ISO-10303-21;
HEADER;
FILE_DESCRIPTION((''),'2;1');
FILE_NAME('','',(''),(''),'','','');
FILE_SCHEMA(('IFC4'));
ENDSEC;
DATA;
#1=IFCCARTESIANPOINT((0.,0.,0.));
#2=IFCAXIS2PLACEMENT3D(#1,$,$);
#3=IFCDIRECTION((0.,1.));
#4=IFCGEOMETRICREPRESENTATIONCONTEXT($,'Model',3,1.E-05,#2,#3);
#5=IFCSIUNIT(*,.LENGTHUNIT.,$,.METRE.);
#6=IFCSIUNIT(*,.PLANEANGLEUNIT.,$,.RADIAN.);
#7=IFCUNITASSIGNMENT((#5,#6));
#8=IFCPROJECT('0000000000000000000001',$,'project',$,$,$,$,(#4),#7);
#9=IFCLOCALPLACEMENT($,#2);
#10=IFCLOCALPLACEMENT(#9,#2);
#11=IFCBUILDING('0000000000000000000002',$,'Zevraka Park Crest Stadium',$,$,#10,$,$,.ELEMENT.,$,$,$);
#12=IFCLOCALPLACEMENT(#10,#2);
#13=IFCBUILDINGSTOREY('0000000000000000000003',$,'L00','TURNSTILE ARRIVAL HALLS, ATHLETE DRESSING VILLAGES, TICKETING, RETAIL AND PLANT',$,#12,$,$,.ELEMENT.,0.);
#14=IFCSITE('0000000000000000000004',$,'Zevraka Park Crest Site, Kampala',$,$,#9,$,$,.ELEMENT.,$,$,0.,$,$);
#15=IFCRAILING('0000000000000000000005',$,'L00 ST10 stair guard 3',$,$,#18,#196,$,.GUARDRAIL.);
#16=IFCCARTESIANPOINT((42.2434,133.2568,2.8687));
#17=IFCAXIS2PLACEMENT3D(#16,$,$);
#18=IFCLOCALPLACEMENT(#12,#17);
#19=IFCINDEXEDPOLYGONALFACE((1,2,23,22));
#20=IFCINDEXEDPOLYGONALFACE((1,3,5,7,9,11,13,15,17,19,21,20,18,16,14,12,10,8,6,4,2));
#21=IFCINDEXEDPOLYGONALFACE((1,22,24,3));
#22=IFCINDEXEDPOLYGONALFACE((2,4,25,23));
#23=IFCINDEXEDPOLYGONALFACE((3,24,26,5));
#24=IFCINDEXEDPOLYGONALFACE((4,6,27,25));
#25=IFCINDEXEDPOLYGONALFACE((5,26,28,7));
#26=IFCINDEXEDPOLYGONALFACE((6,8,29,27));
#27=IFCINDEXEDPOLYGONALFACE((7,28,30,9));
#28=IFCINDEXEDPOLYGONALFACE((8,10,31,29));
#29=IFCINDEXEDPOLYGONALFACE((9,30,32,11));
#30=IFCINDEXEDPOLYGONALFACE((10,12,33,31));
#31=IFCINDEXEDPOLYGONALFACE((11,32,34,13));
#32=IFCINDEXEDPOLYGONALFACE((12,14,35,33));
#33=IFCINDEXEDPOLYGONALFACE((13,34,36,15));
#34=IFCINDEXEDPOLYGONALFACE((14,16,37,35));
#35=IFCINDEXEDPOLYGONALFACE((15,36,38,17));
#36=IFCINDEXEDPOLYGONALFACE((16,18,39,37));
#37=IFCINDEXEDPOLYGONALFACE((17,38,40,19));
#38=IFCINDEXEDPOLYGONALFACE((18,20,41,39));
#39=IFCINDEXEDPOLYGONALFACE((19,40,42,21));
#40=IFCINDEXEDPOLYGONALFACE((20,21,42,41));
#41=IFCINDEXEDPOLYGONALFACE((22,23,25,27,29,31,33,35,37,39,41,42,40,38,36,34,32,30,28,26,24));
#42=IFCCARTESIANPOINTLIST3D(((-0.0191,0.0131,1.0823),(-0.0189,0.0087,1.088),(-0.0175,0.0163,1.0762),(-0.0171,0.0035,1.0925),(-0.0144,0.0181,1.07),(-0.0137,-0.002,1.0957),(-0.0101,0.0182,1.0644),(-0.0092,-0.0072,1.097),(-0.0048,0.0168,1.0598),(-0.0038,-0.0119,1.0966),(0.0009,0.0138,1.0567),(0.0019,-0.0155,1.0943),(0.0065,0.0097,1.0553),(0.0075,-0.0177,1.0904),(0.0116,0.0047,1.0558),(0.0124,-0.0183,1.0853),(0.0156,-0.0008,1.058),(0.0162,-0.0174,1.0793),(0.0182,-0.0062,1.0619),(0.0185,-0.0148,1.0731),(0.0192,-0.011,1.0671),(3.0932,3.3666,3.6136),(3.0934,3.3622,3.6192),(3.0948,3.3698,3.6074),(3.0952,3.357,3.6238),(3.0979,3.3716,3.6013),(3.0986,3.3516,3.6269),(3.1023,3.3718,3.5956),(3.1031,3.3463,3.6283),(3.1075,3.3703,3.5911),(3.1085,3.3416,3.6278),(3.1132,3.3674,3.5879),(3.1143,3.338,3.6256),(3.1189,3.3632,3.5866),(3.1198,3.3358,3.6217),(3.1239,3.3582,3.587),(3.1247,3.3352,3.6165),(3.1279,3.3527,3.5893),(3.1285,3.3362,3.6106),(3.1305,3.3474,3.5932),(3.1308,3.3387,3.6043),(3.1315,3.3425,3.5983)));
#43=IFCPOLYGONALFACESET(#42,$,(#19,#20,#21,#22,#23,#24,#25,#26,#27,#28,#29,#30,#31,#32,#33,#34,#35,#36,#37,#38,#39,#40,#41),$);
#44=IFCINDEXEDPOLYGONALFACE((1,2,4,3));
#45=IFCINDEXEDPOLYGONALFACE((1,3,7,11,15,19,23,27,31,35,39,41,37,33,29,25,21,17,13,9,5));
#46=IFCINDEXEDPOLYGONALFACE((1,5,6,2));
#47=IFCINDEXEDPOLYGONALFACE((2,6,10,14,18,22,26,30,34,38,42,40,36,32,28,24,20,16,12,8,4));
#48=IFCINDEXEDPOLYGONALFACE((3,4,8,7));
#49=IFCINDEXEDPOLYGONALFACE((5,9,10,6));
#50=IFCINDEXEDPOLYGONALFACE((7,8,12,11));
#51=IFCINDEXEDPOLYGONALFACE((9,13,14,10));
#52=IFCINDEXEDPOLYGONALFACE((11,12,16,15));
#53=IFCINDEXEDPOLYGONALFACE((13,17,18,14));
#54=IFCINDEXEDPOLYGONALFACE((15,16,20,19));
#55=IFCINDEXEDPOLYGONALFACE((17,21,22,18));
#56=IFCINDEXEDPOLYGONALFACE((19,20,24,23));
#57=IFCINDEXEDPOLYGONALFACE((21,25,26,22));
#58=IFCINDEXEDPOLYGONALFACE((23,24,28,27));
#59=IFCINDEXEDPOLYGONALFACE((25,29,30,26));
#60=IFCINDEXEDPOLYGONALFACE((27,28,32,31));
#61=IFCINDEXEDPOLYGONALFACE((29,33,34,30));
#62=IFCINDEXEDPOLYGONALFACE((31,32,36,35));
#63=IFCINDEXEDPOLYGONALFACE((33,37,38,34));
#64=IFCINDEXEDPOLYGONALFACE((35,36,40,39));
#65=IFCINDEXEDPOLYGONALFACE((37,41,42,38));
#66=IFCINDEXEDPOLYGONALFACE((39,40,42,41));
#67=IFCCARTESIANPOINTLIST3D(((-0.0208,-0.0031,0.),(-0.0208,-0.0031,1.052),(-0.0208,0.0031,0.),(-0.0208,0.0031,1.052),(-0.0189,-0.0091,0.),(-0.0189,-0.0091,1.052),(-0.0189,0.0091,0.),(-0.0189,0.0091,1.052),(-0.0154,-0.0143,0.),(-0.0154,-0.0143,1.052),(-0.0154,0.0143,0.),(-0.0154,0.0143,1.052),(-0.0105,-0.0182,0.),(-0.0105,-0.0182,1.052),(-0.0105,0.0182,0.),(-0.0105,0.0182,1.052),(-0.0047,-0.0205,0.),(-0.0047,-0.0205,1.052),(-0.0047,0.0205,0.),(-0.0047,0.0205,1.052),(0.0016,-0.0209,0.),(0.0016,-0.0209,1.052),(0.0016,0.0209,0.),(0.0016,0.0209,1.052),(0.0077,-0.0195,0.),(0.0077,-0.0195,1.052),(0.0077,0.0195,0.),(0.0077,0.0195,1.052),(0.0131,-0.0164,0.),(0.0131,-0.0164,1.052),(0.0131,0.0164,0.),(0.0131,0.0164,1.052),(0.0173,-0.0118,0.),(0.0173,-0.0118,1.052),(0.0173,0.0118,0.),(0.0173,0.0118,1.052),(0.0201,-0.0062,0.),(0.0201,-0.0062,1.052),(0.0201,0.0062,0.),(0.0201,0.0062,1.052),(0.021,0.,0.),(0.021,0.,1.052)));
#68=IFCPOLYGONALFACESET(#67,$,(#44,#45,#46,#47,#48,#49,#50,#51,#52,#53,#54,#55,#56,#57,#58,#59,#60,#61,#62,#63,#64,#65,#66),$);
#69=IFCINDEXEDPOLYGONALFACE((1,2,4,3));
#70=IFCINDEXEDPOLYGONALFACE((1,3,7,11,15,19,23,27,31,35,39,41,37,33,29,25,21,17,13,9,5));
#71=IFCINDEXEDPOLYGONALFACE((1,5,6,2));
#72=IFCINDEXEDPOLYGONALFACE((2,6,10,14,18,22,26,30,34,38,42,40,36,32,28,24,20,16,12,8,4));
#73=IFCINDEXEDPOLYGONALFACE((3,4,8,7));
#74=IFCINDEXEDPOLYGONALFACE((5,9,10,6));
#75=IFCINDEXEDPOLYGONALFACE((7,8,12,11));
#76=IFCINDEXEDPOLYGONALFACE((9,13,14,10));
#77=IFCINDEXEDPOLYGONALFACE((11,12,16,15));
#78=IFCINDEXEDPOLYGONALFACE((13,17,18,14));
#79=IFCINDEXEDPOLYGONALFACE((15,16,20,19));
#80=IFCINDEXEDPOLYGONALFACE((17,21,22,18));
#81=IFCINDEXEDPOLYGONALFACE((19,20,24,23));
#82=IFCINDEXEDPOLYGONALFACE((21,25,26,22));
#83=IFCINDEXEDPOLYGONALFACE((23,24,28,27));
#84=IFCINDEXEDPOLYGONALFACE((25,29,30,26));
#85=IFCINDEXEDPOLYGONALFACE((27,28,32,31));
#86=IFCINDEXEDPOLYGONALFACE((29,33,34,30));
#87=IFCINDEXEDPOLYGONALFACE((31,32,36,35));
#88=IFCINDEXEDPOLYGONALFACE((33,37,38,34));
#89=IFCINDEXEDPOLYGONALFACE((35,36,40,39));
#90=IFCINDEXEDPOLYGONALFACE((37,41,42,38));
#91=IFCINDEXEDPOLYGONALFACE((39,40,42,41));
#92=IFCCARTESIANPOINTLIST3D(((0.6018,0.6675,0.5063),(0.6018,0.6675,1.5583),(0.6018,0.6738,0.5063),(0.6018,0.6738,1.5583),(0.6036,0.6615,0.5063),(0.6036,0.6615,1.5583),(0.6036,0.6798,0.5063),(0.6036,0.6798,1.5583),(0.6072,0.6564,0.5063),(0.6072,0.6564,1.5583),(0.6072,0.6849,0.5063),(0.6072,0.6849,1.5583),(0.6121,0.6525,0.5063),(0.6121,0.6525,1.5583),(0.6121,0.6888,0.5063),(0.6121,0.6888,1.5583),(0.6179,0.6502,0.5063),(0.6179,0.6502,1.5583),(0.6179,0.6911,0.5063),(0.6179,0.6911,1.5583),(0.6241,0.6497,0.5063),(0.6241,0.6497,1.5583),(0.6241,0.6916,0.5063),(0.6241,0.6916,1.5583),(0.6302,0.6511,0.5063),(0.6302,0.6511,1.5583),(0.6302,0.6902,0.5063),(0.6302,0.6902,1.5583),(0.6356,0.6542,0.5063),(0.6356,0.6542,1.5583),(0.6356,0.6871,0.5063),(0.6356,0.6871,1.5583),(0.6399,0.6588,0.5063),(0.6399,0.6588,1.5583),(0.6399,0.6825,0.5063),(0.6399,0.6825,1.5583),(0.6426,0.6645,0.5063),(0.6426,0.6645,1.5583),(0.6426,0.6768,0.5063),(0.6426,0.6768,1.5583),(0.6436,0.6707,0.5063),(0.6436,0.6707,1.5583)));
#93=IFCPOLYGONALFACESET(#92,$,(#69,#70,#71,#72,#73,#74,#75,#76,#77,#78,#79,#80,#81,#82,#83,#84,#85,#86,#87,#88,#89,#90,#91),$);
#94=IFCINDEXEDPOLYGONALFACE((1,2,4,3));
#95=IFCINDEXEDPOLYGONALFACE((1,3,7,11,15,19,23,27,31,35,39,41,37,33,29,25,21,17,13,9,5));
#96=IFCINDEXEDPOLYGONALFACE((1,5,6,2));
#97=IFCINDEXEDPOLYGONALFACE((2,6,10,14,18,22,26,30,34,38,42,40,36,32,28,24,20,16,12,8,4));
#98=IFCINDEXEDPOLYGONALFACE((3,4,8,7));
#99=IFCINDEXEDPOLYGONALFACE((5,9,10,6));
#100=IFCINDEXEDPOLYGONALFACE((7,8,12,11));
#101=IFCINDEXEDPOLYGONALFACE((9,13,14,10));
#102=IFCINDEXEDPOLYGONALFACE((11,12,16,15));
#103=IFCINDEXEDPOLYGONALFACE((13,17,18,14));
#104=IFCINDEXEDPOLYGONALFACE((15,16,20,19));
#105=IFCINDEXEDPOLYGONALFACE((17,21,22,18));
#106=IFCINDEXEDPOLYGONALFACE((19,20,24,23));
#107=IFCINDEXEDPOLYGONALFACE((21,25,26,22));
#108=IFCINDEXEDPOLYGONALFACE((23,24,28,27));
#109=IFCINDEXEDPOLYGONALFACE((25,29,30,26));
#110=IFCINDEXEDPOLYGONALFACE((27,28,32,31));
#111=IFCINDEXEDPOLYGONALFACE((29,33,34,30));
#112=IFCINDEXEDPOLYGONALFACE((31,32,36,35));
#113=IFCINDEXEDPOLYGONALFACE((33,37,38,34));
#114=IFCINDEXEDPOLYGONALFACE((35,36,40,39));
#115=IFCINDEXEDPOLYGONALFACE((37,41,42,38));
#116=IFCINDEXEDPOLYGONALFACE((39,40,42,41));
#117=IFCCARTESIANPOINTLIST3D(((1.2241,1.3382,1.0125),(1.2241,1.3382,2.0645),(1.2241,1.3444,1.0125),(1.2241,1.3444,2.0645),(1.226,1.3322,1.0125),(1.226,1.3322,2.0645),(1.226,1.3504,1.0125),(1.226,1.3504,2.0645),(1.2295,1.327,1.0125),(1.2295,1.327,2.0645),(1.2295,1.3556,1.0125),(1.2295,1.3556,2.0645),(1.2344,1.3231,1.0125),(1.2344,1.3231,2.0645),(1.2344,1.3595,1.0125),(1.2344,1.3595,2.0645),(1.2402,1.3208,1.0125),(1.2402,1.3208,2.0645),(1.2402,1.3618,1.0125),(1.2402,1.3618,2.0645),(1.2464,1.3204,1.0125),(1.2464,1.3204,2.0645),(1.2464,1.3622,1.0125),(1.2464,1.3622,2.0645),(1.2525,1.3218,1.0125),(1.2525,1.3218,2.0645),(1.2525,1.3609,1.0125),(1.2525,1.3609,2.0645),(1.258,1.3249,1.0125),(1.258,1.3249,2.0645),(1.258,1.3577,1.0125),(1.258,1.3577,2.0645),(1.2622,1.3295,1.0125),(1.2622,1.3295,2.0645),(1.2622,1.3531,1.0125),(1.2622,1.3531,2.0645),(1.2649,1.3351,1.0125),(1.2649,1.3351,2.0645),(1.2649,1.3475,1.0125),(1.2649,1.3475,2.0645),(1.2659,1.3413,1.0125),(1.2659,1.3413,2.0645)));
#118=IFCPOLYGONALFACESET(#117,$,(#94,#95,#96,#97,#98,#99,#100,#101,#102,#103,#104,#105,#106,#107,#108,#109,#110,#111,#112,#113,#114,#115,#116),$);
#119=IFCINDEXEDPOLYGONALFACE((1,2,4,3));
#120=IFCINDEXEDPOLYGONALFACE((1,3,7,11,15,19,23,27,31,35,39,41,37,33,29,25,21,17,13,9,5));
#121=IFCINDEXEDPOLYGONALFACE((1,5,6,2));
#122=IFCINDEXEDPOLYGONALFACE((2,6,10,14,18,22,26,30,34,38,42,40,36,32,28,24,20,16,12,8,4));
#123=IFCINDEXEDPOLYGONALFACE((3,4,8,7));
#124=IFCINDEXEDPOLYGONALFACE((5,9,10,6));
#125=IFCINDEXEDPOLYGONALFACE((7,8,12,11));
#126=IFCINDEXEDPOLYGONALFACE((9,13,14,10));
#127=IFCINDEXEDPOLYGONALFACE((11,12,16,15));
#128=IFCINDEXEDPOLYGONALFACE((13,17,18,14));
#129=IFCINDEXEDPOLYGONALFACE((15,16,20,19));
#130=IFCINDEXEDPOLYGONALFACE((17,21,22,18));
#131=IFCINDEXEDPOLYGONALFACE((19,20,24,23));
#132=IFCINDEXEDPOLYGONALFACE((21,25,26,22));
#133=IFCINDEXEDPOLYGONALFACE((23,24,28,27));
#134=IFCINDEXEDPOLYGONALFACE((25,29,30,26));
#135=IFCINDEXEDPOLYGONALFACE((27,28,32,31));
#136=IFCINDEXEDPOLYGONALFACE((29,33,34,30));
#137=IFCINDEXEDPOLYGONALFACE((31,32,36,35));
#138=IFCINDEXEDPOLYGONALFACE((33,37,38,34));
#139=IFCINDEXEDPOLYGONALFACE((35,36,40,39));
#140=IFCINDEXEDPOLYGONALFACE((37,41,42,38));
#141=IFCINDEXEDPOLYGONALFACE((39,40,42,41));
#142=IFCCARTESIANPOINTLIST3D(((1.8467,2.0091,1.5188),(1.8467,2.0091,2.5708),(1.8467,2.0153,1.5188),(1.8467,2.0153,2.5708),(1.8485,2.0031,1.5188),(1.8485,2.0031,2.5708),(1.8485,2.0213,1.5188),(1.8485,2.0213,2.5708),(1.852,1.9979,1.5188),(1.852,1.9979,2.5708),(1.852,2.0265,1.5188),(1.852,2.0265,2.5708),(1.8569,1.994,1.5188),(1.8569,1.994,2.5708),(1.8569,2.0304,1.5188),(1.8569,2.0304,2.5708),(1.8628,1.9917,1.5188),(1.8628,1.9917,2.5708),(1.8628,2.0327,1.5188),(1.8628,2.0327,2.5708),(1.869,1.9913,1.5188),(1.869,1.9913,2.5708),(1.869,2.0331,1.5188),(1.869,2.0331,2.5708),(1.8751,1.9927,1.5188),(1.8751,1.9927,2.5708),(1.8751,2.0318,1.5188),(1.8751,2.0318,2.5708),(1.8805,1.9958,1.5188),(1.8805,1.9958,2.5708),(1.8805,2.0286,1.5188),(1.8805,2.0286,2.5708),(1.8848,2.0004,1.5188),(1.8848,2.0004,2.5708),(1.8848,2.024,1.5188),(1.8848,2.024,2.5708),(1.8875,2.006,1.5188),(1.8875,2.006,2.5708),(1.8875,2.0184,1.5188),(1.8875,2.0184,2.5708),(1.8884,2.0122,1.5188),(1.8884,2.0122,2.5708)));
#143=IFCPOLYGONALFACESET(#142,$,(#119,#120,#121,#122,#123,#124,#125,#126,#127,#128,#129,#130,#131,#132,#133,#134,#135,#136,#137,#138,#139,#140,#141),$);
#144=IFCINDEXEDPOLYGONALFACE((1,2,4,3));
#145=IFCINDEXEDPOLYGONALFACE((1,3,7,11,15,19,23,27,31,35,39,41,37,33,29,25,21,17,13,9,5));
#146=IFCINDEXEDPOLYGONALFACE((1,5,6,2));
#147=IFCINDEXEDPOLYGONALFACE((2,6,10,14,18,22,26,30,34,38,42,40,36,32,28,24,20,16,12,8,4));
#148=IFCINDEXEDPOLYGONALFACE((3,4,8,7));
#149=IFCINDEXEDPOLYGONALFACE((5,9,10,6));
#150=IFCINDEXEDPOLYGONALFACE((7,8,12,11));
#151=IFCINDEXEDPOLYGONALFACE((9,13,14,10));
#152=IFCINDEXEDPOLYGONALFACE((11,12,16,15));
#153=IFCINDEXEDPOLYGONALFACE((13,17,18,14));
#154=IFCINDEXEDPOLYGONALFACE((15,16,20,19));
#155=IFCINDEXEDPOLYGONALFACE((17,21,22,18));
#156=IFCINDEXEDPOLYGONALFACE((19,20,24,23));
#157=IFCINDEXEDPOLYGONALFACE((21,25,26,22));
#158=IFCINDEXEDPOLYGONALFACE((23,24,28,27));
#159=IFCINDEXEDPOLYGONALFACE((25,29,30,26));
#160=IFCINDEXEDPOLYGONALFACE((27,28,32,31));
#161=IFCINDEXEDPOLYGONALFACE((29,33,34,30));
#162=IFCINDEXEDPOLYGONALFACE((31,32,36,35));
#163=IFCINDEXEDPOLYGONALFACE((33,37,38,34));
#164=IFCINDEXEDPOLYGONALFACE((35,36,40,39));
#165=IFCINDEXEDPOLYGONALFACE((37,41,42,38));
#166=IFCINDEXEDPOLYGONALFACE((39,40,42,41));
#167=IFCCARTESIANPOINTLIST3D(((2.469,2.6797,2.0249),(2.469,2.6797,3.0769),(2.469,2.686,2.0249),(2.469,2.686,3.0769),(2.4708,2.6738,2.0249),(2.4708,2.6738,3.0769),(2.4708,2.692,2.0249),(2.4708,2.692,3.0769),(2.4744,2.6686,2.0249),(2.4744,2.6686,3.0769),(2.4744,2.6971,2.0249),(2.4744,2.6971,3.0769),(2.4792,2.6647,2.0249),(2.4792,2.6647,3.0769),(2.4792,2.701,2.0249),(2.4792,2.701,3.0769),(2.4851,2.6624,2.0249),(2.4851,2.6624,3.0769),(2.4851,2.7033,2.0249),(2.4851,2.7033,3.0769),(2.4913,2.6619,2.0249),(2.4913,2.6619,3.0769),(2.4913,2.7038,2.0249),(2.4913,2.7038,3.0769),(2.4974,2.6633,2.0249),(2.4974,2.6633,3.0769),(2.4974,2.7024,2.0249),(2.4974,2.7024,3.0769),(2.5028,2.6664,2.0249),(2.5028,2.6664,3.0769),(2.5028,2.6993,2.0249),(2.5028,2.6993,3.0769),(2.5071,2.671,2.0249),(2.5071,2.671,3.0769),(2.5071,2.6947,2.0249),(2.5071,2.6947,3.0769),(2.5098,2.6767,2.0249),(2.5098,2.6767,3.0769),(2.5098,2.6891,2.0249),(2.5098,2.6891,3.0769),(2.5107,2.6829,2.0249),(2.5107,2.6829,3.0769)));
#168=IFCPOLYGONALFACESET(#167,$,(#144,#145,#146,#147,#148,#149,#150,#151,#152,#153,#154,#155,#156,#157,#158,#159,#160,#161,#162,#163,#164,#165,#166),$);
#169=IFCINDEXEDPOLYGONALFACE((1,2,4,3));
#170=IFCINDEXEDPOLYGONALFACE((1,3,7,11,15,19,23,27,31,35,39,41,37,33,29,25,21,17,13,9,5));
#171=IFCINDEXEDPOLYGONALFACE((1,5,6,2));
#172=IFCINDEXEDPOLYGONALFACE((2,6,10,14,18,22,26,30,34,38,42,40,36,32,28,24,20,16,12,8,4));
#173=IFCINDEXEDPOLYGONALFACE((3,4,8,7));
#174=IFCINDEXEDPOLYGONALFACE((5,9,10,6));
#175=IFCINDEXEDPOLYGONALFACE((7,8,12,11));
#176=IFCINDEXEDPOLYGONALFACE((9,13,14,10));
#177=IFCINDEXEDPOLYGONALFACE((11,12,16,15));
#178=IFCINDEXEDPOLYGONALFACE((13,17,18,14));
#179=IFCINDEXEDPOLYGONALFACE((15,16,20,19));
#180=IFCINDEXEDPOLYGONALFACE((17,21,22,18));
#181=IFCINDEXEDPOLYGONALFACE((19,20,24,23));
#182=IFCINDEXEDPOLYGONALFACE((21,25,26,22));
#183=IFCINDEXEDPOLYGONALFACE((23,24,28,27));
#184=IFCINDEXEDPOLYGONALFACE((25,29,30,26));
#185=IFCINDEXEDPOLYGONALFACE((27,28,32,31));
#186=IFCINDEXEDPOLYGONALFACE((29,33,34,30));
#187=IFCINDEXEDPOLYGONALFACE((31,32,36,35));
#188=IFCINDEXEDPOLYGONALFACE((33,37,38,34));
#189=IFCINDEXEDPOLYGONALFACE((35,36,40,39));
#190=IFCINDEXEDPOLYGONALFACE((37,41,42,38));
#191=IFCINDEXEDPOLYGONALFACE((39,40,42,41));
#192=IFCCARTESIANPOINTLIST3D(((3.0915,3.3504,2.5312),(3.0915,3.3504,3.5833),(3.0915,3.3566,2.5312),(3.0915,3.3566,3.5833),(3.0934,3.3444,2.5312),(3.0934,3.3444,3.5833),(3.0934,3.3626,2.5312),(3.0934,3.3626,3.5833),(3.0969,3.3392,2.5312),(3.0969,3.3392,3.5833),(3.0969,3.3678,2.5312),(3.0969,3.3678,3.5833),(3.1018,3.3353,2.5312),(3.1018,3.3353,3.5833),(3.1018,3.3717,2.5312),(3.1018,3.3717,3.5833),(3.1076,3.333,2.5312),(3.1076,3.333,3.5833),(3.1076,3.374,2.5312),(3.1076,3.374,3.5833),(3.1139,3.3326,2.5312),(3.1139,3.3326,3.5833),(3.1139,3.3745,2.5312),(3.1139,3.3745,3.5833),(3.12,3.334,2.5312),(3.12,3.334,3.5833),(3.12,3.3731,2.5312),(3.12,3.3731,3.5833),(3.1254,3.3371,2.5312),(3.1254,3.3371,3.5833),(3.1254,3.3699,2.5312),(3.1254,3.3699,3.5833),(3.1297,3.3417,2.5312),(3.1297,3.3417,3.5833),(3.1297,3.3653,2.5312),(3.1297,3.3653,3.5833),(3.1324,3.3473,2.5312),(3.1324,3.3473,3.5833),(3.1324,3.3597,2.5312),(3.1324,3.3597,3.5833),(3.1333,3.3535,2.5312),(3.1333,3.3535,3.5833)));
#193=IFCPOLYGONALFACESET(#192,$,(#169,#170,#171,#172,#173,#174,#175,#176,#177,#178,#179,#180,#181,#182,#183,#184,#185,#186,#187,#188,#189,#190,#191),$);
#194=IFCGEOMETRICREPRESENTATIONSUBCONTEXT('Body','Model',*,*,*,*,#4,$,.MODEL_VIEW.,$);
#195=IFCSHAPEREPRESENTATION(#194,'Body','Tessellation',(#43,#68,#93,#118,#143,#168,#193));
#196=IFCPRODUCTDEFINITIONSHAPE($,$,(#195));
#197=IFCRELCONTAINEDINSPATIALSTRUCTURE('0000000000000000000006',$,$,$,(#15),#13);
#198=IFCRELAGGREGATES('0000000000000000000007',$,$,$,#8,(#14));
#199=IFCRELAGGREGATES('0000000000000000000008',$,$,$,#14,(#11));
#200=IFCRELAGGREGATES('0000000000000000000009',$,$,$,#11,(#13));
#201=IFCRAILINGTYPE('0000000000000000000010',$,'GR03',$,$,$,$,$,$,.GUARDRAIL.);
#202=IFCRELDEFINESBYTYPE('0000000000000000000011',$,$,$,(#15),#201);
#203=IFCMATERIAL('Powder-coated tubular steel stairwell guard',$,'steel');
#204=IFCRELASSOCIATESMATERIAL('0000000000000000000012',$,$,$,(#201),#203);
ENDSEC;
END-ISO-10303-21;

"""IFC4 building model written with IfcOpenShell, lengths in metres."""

from ifc_helpers import new_model, si_unit, direction, frame, origin, origin_2d, place, context, subcontext, project, spatial, circle, extrude, material, type_object, element, save


model = new_model("IFC4")

# Units and contexts
model_context = context("Model", 3, precision=1e-05, world=origin(), true_north=direction((0.0, 1.0)))
body_context = subcontext(model_context, "Body", "Model", "MODEL_VIEW")
ifc_project = project(units=[si_unit("LENGTHUNIT", "METRE"), si_unit("PLANEANGLEUNIT", "RADIAN")], contexts=[model_context])

# Site, building, storey
site_placement = place(None, origin())
site = spatial("IfcSite", under=ifc_project, at=site_placement, Name="Zevraka Park Crest Site, Kampala", CompositionType="ELEMENT", RefElevation=0.0)
building_placement = place(site_placement, origin())
building = spatial("IfcBuilding", under=site, at=building_placement, Name="Zevraka Park Crest Stadium", CompositionType="ELEMENT")
storey_placement = place(building_placement, origin())
storey = spatial("IfcBuildingStorey", under=building, at=storey_placement, Name="L00", Description="TURNSTILE ARRIVAL HALLS, ATHLETE DRESSING VILLAGES, TICKETING, RETAIL AND PLANT", CompositionType="ELEMENT", Elevation=0.0)

# Railing
ifc_material_1 = material(Name="Powder-coated tubular steel stairwell guard", Category="steel")
railing_type_1 = type_object("IfcRailingType", Name="GR03", PredefinedType="GUARDRAIL", material=ifc_material_1)
railing_1_placement = place(storey_placement, frame((42.2434, 133.2568, 2.8687)))
element("IfcRailing", 1, at=railing_1_placement, inside=storey, type_object=railing_type_1, Name="L00 ST10 stair guard 3", PredefinedType="GUARDRAIL", context=body_context, shape_type="SweptSolid", body=[
    extrude(circle(Radius=0.0239, at=origin_2d()), frame((0.0, 0.0, 1.0762), z_axis=(0.59523, 0.641362, 0.484103), x_axis=(-0.732976, 0.680255, 0.0)), (0.0, 0.0, 1.0), 5.2288),
    extrude(circle(Radius=0.021, at=origin_2d()), origin(), (0.0, 0.0, 1.0), 1.052),
    extrude(circle(Radius=0.021, at=origin_2d()), frame((0.6226, 0.6707, 0.5063)), (0.0, 0.0, 1.0), 1.052),
    extrude(circle(Radius=0.021, at=origin_2d()), frame((1.2449, 1.3413, 1.0125)), (0.0, 0.0, 1.0), 1.052),
    extrude(circle(Radius=0.021, at=origin_2d()), frame((1.8674, 2.0122, 1.5188)), (0.0, 0.0, 1.0), 1.052),
    extrude(circle(Radius=0.021, at=origin_2d()), frame((2.4897, 2.6829, 2.0249)), (0.0, 0.0, 1.0), 1.052),
    extrude(circle(Radius=0.021, at=origin_2d()), frame((3.1123, 3.3535, 2.5312)), (0.0, 0.0, 1.0), 1.052),
])

save(model, "model.ifc")
